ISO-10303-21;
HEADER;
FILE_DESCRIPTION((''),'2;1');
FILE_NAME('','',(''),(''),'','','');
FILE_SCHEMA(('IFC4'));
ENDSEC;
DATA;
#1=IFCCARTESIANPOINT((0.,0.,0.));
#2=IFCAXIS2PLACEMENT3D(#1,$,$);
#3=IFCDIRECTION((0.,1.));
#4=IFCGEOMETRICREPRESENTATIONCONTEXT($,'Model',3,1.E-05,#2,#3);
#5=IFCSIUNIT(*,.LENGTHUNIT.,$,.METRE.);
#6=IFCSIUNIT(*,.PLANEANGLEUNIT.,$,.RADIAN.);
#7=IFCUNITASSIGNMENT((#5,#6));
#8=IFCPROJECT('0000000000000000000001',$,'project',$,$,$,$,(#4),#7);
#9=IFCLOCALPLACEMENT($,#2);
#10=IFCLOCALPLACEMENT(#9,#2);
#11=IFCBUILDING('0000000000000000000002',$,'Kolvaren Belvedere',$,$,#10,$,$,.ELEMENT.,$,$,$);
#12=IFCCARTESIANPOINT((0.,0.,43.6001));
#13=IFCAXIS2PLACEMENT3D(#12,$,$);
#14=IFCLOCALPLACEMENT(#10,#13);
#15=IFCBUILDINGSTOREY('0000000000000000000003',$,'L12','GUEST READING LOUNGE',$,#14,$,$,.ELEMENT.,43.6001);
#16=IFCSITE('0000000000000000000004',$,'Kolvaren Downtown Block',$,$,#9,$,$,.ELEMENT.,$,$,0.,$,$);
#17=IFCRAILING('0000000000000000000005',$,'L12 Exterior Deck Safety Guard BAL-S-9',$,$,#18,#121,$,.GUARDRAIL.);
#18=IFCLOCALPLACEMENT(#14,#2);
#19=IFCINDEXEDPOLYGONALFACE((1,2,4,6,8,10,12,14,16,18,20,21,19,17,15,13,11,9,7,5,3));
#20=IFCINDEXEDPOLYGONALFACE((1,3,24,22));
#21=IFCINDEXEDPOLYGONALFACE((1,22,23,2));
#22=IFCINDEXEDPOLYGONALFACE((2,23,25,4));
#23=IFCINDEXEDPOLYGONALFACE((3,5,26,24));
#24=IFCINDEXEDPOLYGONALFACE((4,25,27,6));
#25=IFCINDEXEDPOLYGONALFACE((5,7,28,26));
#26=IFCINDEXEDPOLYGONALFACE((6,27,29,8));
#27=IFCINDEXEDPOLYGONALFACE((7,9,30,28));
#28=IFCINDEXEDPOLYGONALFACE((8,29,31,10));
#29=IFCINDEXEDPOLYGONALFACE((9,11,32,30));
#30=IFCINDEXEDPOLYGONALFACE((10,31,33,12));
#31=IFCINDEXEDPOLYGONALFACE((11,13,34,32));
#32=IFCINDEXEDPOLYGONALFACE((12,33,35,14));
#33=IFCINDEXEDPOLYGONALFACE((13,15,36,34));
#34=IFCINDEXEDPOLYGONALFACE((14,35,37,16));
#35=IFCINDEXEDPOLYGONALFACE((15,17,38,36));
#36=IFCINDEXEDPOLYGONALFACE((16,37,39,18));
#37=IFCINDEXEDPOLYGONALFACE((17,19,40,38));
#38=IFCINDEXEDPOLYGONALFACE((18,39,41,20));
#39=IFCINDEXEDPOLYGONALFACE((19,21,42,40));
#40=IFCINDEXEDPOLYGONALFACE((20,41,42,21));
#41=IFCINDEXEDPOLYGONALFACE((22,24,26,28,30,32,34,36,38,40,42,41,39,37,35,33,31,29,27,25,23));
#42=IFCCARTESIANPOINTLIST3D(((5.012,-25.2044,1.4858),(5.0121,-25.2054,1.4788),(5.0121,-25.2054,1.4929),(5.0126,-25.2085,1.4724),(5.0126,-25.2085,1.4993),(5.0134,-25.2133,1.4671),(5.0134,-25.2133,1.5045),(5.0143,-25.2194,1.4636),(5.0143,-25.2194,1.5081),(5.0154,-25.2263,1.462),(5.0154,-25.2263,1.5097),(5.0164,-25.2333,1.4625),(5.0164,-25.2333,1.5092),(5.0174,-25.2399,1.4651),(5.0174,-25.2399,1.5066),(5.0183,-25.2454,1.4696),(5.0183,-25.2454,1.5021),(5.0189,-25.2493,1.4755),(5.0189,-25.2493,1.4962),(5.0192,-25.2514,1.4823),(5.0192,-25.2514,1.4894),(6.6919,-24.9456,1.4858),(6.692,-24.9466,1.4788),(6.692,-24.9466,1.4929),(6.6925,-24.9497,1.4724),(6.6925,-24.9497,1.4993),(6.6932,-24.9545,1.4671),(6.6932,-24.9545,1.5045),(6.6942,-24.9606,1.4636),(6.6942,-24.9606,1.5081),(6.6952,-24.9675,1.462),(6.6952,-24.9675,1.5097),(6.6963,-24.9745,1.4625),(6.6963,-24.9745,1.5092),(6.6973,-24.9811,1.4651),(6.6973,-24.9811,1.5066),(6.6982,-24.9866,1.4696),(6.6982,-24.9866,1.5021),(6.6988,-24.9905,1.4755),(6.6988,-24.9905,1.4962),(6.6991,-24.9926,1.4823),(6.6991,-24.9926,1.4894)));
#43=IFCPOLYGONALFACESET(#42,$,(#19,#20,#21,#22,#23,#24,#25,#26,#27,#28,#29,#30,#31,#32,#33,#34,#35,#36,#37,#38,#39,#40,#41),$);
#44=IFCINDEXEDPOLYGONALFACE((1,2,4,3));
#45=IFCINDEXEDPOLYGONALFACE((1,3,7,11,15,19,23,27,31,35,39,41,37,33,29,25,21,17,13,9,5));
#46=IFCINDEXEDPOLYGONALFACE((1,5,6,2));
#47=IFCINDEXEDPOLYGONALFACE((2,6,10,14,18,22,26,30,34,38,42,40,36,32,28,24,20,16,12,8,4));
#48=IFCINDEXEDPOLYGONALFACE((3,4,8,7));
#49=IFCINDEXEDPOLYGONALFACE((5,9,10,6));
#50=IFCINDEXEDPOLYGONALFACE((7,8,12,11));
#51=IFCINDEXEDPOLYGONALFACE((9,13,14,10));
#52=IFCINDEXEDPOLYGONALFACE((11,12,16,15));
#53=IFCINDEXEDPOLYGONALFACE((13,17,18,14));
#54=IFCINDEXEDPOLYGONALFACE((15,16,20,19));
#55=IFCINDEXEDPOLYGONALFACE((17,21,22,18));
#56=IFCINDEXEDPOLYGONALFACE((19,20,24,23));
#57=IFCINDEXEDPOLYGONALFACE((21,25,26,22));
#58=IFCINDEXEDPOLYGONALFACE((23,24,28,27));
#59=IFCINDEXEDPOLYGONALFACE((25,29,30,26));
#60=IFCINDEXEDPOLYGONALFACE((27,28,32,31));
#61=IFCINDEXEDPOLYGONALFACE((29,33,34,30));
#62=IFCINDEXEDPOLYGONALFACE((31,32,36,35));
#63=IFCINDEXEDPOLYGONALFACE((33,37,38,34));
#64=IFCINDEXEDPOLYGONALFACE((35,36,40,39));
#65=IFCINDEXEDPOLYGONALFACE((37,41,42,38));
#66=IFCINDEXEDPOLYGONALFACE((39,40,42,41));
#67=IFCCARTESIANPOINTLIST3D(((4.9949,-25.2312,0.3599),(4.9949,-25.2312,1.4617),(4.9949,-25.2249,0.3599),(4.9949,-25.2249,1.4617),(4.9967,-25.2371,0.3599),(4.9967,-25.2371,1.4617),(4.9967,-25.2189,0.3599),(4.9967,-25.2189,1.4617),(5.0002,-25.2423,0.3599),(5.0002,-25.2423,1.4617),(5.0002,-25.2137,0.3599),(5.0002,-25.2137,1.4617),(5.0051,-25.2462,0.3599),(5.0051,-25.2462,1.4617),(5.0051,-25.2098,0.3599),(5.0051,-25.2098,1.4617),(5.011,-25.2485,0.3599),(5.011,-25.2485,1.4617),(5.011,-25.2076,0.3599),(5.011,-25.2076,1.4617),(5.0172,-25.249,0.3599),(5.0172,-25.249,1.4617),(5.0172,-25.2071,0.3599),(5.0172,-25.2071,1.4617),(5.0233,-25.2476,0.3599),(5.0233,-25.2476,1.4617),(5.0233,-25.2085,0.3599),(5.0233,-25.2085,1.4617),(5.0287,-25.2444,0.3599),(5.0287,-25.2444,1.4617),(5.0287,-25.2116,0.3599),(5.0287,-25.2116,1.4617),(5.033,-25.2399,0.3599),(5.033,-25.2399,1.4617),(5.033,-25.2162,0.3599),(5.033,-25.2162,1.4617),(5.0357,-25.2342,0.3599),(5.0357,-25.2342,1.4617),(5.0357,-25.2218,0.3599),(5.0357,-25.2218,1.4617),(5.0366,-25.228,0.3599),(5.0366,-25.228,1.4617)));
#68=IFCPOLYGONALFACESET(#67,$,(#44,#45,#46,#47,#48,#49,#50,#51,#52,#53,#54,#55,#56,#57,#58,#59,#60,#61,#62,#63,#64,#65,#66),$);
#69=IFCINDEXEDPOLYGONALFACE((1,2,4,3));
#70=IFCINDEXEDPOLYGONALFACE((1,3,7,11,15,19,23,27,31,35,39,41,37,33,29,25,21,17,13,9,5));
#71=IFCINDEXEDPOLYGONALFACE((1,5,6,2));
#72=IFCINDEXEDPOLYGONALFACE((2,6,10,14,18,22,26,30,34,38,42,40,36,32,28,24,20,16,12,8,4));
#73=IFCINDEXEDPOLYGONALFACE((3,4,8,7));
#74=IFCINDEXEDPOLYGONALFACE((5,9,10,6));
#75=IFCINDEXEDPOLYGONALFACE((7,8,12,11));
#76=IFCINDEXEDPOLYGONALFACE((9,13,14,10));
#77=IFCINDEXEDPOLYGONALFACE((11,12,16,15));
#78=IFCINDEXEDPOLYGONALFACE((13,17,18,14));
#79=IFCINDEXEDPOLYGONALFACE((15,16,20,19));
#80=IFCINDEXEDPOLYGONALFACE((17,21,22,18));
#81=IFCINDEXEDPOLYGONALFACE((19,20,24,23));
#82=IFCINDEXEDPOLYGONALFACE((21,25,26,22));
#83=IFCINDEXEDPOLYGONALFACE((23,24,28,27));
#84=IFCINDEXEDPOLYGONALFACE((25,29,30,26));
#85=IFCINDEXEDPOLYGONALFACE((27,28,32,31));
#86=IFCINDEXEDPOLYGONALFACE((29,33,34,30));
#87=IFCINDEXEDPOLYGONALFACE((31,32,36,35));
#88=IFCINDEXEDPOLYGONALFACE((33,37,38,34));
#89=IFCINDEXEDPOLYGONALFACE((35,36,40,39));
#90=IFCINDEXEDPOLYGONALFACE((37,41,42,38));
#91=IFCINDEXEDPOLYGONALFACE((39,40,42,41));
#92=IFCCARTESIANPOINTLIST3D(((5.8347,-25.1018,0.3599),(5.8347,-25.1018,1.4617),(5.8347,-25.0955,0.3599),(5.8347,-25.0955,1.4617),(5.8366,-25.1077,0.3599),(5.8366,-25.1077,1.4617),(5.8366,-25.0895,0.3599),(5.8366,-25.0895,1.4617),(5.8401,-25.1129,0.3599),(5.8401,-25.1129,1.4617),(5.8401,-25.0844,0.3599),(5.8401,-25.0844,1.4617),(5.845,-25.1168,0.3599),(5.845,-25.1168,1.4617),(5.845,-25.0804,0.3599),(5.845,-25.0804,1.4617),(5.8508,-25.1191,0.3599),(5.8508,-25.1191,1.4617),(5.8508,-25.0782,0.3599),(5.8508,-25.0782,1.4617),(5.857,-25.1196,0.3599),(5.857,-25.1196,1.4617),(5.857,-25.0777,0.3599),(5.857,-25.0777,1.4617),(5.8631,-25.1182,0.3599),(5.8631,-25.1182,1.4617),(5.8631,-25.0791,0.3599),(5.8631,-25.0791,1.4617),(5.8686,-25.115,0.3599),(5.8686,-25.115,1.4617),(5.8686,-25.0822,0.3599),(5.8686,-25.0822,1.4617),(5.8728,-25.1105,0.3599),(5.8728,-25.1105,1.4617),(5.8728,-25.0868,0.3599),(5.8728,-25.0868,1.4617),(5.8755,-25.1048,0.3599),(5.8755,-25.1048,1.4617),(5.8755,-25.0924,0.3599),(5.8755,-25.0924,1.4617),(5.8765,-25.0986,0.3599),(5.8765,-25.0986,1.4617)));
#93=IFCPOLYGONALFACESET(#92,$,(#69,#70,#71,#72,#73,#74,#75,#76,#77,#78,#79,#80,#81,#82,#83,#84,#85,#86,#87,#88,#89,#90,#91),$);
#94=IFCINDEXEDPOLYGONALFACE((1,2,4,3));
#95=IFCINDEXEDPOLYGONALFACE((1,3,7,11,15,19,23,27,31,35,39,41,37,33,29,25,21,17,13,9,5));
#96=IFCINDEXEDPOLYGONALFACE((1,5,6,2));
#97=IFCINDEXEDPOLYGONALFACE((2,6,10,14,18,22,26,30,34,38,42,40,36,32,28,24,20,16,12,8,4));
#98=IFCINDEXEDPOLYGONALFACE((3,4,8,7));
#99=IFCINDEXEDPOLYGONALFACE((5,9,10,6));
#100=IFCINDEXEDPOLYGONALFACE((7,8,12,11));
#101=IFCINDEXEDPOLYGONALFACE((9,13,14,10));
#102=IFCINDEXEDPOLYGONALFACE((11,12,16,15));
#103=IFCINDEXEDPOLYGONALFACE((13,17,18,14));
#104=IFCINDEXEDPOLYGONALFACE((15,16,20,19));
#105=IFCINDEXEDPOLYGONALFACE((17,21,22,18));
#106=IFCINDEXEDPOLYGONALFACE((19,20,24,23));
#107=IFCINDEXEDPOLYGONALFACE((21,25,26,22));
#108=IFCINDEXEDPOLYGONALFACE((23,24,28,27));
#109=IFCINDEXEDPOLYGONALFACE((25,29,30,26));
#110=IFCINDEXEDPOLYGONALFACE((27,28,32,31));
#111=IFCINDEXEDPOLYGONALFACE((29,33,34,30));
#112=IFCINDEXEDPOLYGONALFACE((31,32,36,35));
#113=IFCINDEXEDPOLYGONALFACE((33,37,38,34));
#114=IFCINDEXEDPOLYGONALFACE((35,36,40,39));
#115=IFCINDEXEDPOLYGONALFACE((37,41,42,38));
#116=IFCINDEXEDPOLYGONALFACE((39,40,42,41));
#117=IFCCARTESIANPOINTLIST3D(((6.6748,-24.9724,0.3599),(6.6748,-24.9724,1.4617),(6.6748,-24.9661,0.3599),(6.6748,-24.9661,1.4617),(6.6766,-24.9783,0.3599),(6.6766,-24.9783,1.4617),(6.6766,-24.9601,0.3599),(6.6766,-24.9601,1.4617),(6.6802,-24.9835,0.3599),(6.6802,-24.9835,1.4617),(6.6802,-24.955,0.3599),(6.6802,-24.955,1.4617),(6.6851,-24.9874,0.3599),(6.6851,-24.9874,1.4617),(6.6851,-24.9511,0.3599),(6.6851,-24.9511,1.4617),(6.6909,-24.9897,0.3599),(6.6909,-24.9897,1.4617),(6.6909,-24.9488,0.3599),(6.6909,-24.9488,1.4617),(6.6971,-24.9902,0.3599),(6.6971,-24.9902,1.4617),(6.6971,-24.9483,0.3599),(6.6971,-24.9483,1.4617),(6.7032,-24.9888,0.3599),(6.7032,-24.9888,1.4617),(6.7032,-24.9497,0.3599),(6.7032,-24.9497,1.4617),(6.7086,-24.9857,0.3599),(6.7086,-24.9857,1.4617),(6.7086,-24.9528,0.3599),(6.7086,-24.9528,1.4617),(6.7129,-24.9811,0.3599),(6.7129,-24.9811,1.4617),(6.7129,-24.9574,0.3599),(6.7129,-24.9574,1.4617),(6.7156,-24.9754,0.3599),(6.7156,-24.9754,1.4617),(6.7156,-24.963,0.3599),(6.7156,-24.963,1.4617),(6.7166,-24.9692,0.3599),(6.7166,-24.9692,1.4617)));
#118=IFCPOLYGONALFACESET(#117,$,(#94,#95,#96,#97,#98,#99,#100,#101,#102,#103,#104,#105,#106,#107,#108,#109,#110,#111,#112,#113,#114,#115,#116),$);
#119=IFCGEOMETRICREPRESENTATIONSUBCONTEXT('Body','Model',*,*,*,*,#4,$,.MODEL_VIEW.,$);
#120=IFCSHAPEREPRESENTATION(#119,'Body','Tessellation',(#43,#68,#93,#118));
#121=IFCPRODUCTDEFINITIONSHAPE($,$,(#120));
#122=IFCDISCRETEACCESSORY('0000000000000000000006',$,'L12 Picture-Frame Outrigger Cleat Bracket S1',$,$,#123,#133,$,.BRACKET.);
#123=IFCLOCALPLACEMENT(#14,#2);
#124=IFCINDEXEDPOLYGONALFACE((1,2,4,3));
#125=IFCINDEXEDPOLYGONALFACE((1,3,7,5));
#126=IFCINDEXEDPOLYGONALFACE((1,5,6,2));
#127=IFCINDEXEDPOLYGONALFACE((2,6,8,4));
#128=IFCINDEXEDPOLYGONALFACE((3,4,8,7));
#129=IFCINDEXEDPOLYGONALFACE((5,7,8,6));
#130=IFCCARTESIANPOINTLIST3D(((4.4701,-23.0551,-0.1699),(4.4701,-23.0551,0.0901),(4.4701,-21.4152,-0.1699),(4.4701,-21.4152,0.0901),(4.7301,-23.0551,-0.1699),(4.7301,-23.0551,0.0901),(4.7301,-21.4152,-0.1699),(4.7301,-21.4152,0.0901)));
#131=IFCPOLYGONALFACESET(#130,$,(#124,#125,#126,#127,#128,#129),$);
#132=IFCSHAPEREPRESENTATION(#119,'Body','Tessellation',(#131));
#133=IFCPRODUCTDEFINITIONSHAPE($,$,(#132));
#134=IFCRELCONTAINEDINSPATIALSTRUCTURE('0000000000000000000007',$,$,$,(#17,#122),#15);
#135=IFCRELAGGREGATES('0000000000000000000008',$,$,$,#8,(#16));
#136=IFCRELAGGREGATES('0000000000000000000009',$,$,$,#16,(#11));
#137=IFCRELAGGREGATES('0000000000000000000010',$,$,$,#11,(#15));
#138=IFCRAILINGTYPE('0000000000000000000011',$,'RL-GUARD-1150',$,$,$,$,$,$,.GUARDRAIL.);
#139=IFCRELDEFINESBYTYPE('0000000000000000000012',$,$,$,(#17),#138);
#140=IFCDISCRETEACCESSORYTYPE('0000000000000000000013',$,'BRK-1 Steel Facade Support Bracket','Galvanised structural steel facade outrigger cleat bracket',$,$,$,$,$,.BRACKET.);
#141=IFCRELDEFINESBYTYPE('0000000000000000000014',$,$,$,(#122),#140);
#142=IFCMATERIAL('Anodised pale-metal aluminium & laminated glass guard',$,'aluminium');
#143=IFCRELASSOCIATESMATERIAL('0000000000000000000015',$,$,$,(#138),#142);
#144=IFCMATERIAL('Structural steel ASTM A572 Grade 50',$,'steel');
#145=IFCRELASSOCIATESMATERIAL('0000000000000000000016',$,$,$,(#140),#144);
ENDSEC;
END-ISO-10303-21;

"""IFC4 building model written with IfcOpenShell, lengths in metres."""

from ifc_helpers import new_model, si_unit, direction, frame, origin, origin_2d, place, context, subcontext, project, spatial, rectangle, circle, extrude, material, type_object, element, save


model = new_model("IFC4")

# Units and contexts
model_context = context("Model", 3, precision=1e-05, world=origin(), true_north=direction((0.0, 1.0)))
body_context = subcontext(model_context, "Body", "Model", "MODEL_VIEW")
ifc_project = project(units=[si_unit("LENGTHUNIT", "METRE"), si_unit("PLANEANGLEUNIT", "RADIAN")], contexts=[model_context])

# Site, building, storey
site_placement = place(None, origin())
site = spatial("IfcSite", under=ifc_project, at=site_placement, Name="Kolvaren Downtown Block", CompositionType="ELEMENT", RefElevation=0.0)
building_placement = place(site_placement, origin())
building = spatial("IfcBuilding", under=site, at=building_placement, Name="Kolvaren Belvedere", CompositionType="ELEMENT")
storey_placement = place(building_placement, frame((0.0, 0.0, 43.6001)))
storey = spatial("IfcBuildingStorey", under=building, at=storey_placement, Name="L12", Description="GUEST READING LOUNGE", CompositionType="ELEMENT", Elevation=43.6001)

# Railing
ifc_material_1 = material(Name="Anodised pale-metal aluminium & laminated glass guard", Category="aluminium")
railing_type = type_object("IfcRailingType", Name="RL-GUARD-1150", PredefinedType="GUARDRAIL", material=ifc_material_1)
railing_1_placement = place(storey_placement, frame((5.0156, -25.228, 0.3599)))
element("IfcRailing", 1, at=railing_1_placement, inside=storey, type_object=railing_type, Name="L12 Exterior Deck Safety Guard BAL-S-9", PredefinedType="GUARDRAIL", context=body_context, shape_type="SweptSolid", body=[
    extrude(circle(Radius=0.0239, at=origin_2d()), frame((0.0, 0.0, 1.126), z_axis=(0.988342, 0.152251, 0.0), x_axis=(-0.152251, 0.988342, 0.0)), (0.0, 0.0, 1.0), 1.6997),
    extrude(circle(Radius=0.021, at=origin_2d()), origin(), (0.0, 0.0, 1.0), 1.1018),
    extrude(circle(Radius=0.021, at=origin_2d()), frame((0.8398, 0.1294, 0.0)), (0.0, 0.0, 1.0), 1.1018),
    extrude(circle(Radius=0.021, at=origin_2d()), frame((1.6799, 0.2588, 0.0)), (0.0, 0.0, 1.0), 1.1018),
])

# Discrete accessory
ifc_material_2 = material(Name="Structural steel ASTM A572 Grade 50", Category="steel")
discrete_accessory_type = type_object("IfcDiscreteAccessoryType", Name="BRK-1 Steel Facade Support Bracket", Description="Galvanised structural steel facade outrigger cleat bracket", PredefinedType="BRACKET", material=ifc_material_2)
discrete_accessory_placement = place(storey_placement, frame((4.6001, -22.2351, -0.1699), z_axis=(0.0, 0.0, 1.0), x_axis=(0.0, 1.0, 0.0)))
element("IfcDiscreteAccessory", 2, at=discrete_accessory_placement, inside=storey, type_object=discrete_accessory_type, Name="L12 Picture-Frame Outrigger Cleat Bracket S1", PredefinedType="BRACKET", context=body_context, shape_type="SweptSolid", body=[
    extrude(rectangle(XDim=1.6399, YDim=0.26, at=origin_2d()), origin(), (0.0, 0.0, 1.0), 0.26),
])

save(model, "model.ifc")
